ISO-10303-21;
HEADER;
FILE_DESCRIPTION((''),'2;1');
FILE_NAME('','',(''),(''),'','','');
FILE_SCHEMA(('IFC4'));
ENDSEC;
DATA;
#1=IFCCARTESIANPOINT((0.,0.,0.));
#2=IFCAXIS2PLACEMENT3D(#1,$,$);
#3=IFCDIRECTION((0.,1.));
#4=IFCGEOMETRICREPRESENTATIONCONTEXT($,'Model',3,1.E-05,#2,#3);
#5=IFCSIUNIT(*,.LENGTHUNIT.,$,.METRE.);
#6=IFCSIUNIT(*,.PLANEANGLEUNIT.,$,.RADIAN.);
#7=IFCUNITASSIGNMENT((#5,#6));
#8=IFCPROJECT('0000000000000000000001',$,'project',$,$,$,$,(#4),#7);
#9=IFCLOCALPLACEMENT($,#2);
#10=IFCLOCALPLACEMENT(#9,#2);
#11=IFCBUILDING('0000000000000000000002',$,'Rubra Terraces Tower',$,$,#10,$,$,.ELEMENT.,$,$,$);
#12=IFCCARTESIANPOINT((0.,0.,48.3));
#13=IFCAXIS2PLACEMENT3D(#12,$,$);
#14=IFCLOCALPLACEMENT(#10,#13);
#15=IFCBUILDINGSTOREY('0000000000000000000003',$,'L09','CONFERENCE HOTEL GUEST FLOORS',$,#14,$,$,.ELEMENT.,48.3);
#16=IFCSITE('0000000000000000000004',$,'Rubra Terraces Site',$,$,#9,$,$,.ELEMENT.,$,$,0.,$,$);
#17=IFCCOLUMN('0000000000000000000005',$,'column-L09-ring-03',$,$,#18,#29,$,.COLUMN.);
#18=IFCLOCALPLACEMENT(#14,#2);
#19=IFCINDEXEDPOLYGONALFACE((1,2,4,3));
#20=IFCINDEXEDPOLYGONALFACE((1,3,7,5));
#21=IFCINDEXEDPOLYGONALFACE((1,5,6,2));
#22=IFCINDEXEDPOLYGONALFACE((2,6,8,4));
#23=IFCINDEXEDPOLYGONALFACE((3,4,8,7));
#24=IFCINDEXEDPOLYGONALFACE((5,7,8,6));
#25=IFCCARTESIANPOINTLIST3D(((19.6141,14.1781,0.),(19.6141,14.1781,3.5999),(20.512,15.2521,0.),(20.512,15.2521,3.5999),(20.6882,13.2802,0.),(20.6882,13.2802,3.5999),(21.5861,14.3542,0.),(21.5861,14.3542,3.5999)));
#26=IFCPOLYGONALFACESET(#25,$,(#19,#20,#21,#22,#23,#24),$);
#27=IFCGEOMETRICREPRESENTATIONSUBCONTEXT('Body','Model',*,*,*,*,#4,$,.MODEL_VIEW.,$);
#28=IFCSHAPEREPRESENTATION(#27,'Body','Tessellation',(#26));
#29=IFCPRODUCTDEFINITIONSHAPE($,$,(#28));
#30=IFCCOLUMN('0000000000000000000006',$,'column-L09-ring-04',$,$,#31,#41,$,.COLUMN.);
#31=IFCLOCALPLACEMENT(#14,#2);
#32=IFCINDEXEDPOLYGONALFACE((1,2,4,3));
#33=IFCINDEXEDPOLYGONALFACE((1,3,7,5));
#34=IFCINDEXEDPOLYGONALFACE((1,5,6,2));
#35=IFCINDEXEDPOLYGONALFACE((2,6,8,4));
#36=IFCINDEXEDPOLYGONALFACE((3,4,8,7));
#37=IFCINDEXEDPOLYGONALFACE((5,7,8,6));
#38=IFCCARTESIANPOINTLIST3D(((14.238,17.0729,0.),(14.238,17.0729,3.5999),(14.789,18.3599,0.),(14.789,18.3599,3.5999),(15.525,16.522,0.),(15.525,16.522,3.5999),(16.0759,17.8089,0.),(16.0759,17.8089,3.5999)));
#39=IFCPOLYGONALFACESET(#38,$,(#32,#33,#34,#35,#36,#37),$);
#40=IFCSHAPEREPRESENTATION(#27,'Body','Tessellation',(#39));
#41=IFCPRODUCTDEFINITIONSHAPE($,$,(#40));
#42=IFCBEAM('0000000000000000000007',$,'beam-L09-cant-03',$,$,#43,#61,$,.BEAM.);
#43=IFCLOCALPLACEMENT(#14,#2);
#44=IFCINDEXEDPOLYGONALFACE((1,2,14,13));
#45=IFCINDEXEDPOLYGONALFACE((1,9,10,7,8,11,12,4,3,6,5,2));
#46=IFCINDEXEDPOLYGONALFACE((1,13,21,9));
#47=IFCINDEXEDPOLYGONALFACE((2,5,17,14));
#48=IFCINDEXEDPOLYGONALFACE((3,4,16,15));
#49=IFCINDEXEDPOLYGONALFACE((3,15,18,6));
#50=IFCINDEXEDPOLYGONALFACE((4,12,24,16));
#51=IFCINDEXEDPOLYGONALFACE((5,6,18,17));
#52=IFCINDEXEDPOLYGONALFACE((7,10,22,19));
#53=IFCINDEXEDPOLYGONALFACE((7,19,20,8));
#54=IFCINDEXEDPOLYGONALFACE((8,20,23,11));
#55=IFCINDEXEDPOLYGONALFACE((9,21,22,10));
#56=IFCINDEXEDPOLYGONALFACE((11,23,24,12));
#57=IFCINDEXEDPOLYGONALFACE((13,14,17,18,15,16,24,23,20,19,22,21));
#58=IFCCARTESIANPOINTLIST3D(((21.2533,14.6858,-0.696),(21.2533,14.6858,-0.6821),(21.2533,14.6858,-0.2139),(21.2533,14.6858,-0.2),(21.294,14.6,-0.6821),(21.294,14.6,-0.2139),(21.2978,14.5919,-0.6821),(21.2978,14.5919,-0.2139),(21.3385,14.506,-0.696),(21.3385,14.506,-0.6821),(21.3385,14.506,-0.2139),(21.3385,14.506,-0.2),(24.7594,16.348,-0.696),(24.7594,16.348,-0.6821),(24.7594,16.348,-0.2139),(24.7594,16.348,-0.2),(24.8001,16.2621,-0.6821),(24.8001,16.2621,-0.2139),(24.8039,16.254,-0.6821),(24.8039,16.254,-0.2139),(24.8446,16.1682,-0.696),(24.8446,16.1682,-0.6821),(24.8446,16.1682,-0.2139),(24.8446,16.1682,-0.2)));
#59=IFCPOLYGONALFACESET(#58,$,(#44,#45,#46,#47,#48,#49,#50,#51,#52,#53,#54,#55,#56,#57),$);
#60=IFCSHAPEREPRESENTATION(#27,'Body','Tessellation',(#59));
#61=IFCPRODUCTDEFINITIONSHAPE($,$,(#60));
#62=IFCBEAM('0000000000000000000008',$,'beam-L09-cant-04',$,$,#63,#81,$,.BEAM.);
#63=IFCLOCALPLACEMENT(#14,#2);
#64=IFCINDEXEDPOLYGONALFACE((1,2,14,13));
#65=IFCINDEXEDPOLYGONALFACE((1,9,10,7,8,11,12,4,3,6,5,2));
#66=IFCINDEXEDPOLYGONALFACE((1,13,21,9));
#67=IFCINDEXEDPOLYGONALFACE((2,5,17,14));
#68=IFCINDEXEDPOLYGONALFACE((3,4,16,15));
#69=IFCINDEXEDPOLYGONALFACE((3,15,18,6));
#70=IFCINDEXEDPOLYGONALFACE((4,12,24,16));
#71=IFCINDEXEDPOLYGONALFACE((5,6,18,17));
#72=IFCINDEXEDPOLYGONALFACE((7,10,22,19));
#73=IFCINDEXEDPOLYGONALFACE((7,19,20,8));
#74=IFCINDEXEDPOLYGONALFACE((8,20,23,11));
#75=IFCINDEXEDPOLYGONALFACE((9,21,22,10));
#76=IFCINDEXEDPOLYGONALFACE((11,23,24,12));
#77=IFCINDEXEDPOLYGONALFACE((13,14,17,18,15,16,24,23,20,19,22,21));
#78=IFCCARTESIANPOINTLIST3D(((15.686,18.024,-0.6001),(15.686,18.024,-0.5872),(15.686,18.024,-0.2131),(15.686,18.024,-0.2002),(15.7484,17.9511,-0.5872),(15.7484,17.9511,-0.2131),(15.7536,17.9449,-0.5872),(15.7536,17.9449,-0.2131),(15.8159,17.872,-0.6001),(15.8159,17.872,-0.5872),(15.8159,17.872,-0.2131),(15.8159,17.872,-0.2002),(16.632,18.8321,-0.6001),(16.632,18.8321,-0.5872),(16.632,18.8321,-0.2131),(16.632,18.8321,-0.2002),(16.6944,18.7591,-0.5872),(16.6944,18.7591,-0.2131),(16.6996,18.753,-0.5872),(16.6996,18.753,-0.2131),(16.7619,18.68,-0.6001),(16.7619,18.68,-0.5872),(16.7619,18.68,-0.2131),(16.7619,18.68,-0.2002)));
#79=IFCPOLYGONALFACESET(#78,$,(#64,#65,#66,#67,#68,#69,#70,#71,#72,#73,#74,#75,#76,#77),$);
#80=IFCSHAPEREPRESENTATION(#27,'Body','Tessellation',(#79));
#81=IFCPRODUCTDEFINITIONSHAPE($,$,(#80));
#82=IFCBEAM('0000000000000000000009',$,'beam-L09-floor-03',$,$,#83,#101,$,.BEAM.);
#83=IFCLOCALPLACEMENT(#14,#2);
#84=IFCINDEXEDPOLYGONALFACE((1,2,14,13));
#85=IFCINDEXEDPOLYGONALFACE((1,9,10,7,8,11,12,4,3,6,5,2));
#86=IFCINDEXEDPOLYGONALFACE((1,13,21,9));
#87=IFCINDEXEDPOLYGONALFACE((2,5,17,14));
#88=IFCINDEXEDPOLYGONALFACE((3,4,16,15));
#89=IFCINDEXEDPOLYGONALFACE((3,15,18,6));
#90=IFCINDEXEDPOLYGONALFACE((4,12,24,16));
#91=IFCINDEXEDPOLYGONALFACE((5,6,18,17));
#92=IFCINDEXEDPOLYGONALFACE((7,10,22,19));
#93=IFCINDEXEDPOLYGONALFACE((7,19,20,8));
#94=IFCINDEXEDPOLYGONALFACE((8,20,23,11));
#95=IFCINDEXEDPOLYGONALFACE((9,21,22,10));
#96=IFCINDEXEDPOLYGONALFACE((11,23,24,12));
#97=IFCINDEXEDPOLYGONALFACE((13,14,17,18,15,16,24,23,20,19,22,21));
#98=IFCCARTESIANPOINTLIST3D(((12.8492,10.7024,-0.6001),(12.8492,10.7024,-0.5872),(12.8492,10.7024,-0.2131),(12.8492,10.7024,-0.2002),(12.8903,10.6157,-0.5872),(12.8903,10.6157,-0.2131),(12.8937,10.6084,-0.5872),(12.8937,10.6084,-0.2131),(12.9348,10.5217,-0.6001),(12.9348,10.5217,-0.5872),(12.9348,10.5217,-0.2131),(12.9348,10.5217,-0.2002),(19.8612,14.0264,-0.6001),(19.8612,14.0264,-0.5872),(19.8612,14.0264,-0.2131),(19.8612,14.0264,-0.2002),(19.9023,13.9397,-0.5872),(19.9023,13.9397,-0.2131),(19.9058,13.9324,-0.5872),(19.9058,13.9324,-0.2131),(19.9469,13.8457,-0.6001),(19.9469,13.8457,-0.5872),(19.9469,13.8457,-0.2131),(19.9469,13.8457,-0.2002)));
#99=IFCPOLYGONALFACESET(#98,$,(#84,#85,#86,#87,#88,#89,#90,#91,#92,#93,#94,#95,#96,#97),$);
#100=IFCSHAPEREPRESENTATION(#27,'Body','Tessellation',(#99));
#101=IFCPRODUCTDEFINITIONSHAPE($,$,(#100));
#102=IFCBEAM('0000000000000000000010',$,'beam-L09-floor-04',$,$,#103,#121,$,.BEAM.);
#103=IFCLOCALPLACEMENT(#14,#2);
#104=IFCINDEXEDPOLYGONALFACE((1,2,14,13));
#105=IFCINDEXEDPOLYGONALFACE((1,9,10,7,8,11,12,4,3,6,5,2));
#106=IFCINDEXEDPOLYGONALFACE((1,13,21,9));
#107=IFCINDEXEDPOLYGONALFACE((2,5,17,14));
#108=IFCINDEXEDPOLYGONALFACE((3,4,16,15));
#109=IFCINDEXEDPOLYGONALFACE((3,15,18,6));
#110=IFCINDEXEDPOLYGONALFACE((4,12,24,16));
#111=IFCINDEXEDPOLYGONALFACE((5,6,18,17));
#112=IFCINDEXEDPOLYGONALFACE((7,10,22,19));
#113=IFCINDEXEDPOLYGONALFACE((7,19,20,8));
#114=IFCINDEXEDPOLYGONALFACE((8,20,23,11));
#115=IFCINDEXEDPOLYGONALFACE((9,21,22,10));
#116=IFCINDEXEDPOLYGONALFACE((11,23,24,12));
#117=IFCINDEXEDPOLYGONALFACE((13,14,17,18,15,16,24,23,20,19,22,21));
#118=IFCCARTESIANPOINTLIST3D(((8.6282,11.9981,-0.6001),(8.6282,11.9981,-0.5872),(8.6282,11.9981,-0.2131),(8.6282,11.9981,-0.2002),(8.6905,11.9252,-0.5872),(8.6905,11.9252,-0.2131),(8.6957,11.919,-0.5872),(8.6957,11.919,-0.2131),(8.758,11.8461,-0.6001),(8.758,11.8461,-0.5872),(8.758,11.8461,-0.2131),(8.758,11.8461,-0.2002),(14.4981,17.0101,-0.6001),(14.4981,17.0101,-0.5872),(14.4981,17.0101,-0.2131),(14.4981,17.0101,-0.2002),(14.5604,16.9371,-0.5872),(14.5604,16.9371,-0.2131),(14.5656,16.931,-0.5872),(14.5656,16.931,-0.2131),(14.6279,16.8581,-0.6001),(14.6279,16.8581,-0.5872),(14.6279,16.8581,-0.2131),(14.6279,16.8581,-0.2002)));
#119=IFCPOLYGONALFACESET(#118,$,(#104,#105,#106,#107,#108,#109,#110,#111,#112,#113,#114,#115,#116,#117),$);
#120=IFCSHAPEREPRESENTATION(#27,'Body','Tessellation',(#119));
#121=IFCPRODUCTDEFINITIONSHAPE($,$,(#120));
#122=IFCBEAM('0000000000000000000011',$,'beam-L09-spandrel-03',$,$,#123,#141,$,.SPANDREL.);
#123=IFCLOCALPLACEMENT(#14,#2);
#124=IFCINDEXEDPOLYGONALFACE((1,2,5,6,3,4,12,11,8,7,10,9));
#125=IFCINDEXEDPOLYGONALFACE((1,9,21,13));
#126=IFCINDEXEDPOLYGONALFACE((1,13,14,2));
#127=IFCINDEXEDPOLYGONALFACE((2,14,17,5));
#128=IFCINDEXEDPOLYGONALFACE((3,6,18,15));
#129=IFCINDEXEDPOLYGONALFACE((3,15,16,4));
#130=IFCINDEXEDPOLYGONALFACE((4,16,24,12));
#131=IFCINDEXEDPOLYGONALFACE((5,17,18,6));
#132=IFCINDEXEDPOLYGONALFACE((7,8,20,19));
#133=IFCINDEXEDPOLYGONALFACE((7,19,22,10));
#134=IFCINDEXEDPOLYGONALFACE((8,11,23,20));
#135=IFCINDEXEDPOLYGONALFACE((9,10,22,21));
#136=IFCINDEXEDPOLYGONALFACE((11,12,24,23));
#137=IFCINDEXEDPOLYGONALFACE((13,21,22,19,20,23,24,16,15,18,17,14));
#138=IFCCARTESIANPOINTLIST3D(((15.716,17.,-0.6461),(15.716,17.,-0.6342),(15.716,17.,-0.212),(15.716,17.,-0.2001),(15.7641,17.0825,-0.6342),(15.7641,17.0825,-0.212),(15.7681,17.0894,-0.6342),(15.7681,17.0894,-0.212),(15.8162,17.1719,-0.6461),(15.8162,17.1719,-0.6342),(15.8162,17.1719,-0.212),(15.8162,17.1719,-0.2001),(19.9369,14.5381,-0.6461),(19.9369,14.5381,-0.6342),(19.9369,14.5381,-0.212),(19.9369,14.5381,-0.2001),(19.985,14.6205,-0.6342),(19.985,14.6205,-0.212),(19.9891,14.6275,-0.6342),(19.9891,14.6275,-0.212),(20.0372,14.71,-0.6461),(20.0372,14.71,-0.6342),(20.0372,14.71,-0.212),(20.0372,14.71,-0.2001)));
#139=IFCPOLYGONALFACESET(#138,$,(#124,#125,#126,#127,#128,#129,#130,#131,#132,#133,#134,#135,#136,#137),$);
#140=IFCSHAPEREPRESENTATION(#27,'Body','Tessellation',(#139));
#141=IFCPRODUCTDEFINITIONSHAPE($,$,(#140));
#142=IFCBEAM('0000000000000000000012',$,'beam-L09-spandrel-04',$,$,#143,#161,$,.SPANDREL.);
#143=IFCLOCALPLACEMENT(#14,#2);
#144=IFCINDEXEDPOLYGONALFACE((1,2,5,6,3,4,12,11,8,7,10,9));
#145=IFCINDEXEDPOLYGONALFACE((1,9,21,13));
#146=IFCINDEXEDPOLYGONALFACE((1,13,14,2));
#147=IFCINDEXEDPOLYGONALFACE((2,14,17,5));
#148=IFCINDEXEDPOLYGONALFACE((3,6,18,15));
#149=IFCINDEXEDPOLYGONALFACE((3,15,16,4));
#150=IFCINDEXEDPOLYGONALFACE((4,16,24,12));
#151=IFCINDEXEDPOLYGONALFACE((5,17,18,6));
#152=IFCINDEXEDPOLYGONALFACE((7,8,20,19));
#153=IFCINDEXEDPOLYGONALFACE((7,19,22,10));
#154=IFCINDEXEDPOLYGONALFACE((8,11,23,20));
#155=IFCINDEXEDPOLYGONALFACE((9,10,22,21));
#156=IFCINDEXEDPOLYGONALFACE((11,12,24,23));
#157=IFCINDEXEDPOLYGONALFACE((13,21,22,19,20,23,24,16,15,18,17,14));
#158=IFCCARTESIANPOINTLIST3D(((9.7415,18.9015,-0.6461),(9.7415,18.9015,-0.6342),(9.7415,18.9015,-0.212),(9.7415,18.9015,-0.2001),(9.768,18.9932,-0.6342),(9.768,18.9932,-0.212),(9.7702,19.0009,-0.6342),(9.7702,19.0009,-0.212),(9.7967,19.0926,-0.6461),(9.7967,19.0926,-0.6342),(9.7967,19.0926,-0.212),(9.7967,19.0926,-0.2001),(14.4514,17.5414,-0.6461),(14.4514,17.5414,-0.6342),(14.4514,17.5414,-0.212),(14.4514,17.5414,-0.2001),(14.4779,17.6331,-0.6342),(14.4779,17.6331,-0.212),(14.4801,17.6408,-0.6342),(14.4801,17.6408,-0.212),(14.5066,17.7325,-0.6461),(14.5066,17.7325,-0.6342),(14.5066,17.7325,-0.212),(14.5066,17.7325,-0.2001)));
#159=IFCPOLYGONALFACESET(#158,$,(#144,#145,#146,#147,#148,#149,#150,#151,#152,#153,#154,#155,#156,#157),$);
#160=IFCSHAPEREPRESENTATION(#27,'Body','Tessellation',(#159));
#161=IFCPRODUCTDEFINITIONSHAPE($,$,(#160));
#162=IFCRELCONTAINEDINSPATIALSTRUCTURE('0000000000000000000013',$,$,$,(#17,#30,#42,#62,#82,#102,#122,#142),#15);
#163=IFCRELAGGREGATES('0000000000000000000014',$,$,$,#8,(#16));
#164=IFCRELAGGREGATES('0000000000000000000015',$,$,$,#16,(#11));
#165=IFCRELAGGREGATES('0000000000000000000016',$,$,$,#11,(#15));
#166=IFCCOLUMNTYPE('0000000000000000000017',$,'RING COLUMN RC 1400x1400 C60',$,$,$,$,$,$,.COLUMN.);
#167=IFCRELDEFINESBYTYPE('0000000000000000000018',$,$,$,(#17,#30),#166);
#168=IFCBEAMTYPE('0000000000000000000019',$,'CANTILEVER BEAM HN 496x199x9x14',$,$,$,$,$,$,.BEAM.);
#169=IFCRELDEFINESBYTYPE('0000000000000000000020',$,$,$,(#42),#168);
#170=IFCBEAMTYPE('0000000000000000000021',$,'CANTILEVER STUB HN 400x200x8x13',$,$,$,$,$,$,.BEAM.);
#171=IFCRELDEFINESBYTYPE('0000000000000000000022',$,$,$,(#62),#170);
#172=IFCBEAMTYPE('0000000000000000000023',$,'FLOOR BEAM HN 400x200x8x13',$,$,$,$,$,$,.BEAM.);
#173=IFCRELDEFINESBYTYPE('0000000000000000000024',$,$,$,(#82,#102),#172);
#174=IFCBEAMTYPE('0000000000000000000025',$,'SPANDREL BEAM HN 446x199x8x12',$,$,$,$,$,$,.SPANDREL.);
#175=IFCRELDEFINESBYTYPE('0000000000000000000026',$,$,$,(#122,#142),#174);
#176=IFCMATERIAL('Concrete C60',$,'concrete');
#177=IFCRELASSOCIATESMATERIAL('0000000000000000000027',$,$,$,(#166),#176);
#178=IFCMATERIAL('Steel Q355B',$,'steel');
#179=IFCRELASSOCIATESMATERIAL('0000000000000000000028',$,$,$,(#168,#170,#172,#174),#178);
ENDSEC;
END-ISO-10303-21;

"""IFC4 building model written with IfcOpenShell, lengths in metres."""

from ifc_helpers import new_model, si_unit, direction, frame, origin, origin_2d, place, context, subcontext, project, spatial, rectangle, i_section, extrude, material, material_profile, profile_set, type_object, element, save


model = new_model("IFC4")

# Units and contexts
model_context = context("Model", 3, precision=1e-05, world=origin(), true_north=direction((0.0, 1.0)))
body_context = subcontext(model_context, "Body", "Model", "MODEL_VIEW")
ifc_project = project(units=[si_unit("LENGTHUNIT", "METRE"), si_unit("PLANEANGLEUNIT", "RADIAN")], contexts=[model_context])

# Site, building, storey
site_placement = place(None, origin())
site = spatial("IfcSite", under=ifc_project, at=site_placement, Name="Rubra Terraces Site", CompositionType="ELEMENT", RefElevation=0.0)
building_placement = place(site_placement, origin())
building = spatial("IfcBuilding", under=site, at=building_placement, Name="Rubra Terraces Tower", CompositionType="ELEMENT")
storey_placement = place(building_placement, frame((0.0, 0.0, 48.3)))
storey = spatial("IfcBuildingStorey", under=building, at=storey_placement, Name="L09", Description="CONFERENCE HOTEL GUEST FLOORS", CompositionType="ELEMENT", Elevation=48.3)

# Columns
ifc_material_1 = material(Name="Concrete C60", Category="concrete")
ifc_material_profile_1 = material_profile(ifc_material_1, rectangle(XDim=1.3999, YDim=1.3999, at=origin_2d()), Name="RC 1400x1400")
ifc_profile_set_1 = profile_set([ifc_material_profile_1], Name="Concrete C60")
column_type = type_object("IfcColumnType", Name="RING COLUMN RC 1400x1400 C60", PredefinedType="COLUMN", material=ifc_profile_set_1)
for number, where, z_axis, x_axis, name in (
    (1, (20.6001, 14.2661, 0.0), (0.0, 0.0, 1.0), (-0.76721, 0.641397, 0.0), "column-L09-ring-03"),
    (2, (15.157, 17.4409, 0.0), (0.0, 0.0, 1.0), (-0.919294, 0.393572, 0.0), "column-L09-ring-04"),
):
    element("IfcColumn", number, at=place(storey_placement, frame(where, z_axis=z_axis, x_axis=x_axis)), inside=storey, type_object=column_type, Name=name, PredefinedType="COLUMN", context=body_context, shape_type="SweptSolid", body=[
        extrude(rectangle(XDim=1.3999, YDim=1.3999, at=origin_2d()), origin(), (0.0, 0.0, 1.0), 3.5999),
    ])

# Beams
ifc_material_2 = material(Name="Steel Q355B", Category="steel")
ifc_material_profile_2 = material_profile(ifc_material_2, i_section(OverallWidth=0.199, OverallDepth=0.4961, WebThickness=0.009, FlangeThickness=0.0139, at=origin_2d()), Name="HN 496x199x9x14")
ifc_profile_set_2 = profile_set([ifc_material_profile_2], Name="Steel Q355B")
beam_type_1 = type_object("IfcBeamType", Name="CANTILEVER BEAM HN 496x199x9x14", PredefinedType="BEAM", material=ifc_profile_set_2)
beam_1_placement = place(storey_placement, frame((21.2959, 14.5959, -0.448), z_axis=(0.903606, 0.428365, 0.0), x_axis=(-0.428365, 0.903606, 0.0)))
element("IfcBeam", 3, at=beam_1_placement, inside=storey, type_object=beam_type_1, Name="beam-L09-cant-03", PredefinedType="BEAM", context=body_context, shape_type="SweptSolid", body=[
    extrude(i_section(OverallWidth=0.199, OverallDepth=0.4961, WebThickness=0.009, FlangeThickness=0.0139, at=origin_2d()), origin(), (0.0, 0.0, 1.0), 3.8801),
])
ifc_material_profile_3 = material_profile(ifc_material_2, i_section(OverallWidth=0.2, OverallDepth=0.3999, WebThickness=0.0081, FlangeThickness=0.0129, at=origin_2d()), Name="HN 400x200x8x13")
ifc_profile_set_3 = profile_set([ifc_material_profile_3], Name="Steel Q355B")
beam_type_2 = type_object("IfcBeamType", Name="CANTILEVER STUB HN 400x200x8x13", PredefinedType="BEAM", material=ifc_profile_set_3)
beam_2_placement = place(storey_placement, frame((15.751, 17.948, -0.4001), z_axis=(0.760364, 0.649498, 0.0), x_axis=(-0.649498, 0.760364, 0.0)))
element("IfcBeam", 4, at=beam_2_placement, inside=storey, type_object=beam_type_2, Name="beam-L09-cant-04", PredefinedType="BEAM", context=body_context, shape_type="SweptSolid", body=[
    extrude(i_section(OverallWidth=0.2, OverallDepth=0.3999, WebThickness=0.0081, FlangeThickness=0.0129, at=origin_2d()), origin(), (0.0, 0.0, 1.0), 1.2441),
])
ifc_material_profile_4 = material_profile(ifc_material_2, i_section(OverallWidth=0.2, OverallDepth=0.3999, WebThickness=0.0081, FlangeThickness=0.0129, at=origin_2d()), Name="HN 400x200x8x13")
ifc_profile_set_4 = profile_set([ifc_material_profile_4], Name="Steel Q355B")
beam_type_3 = type_object("IfcBeamType", Name="FLOOR BEAM HN 400x200x8x13", PredefinedType="BEAM", material=ifc_profile_set_4)
beam_3_placement = place(storey_placement, frame((19.9041, 13.936, -0.4001), z_axis=(-0.903612, -0.428351, 0.0), x_axis=(0.428351, -0.903612, 0.0)))
element("IfcBeam", 5, at=beam_3_placement, inside=storey, type_object=beam_type_3, Name="beam-L09-floor-03", PredefinedType="BEAM", context=body_context, shape_type="SweptSolid", body=[
    extrude(i_section(OverallWidth=0.2, OverallDepth=0.3999, WebThickness=0.0081, FlangeThickness=0.0129, at=origin_2d()), origin(), (0.0, 0.0, 1.0), 7.76),
])
beam_4_placement = place(storey_placement, frame((14.563, 16.9341, -0.4001), z_axis=(-0.760494, -0.649344, 0.0), x_axis=(0.649344, -0.760494, 0.0)))
element("IfcBeam", 6, at=beam_4_placement, inside=storey, type_object=beam_type_3, Name="beam-L09-floor-04", PredefinedType="BEAM", context=body_context, shape_type="SweptSolid", body=[
    extrude(i_section(OverallWidth=0.2, OverallDepth=0.3999, WebThickness=0.0081, FlangeThickness=0.0129, at=origin_2d()), origin(), (0.0, 0.0, 1.0), 7.7185),
])
ifc_material_profile_5 = material_profile(ifc_material_2, i_section(OverallWidth=0.199, OverallDepth=0.446, WebThickness=0.0081, FlangeThickness=0.012, at=origin_2d()), Name="HN 446x199x8x12")
ifc_profile_set_5 = profile_set([ifc_material_profile_5], Name="Steel Q355B")
beam_type_4 = type_object("IfcBeamType", Name="SPANDREL BEAM HN 446x199x8x12", PredefinedType="SPANDREL", material=ifc_profile_set_5)
beam_5_placement = place(storey_placement, frame((19.9871, 14.624, -0.4231), z_axis=(-0.863806, 0.503824, 0.0), x_axis=(-0.503824, -0.863806, 0.0)))
element("IfcBeam", 7, at=beam_5_placement, inside=storey, type_object=beam_type_4, Name="beam-L09-spandrel-03", PredefinedType="SPANDREL", context=body_context, shape_type="SweptSolid", body=[
    extrude(i_section(OverallWidth=0.199, OverallDepth=0.446, WebThickness=0.0081, FlangeThickness=0.012, at=origin_2d()), origin(), (0.0, 0.0, 1.0), 4.8865),
])
beam_6_placement = place(storey_placement, frame((14.479, 17.637, -0.4231), z_axis=(-0.960744, 0.277436, 0.0), x_axis=(-0.277436, -0.960744, 0.0)))
element("IfcBeam", 8, at=beam_6_placement, inside=storey, type_object=beam_type_4, Name="beam-L09-spandrel-04", PredefinedType="SPANDREL", context=body_context, shape_type="SweptSolid", body=[
    extrude(i_section(OverallWidth=0.199, OverallDepth=0.446, WebThickness=0.0081, FlangeThickness=0.012, at=origin_2d()), origin(), (0.0, 0.0, 1.0), 4.9023),
])

save(model, "model.ifc")
